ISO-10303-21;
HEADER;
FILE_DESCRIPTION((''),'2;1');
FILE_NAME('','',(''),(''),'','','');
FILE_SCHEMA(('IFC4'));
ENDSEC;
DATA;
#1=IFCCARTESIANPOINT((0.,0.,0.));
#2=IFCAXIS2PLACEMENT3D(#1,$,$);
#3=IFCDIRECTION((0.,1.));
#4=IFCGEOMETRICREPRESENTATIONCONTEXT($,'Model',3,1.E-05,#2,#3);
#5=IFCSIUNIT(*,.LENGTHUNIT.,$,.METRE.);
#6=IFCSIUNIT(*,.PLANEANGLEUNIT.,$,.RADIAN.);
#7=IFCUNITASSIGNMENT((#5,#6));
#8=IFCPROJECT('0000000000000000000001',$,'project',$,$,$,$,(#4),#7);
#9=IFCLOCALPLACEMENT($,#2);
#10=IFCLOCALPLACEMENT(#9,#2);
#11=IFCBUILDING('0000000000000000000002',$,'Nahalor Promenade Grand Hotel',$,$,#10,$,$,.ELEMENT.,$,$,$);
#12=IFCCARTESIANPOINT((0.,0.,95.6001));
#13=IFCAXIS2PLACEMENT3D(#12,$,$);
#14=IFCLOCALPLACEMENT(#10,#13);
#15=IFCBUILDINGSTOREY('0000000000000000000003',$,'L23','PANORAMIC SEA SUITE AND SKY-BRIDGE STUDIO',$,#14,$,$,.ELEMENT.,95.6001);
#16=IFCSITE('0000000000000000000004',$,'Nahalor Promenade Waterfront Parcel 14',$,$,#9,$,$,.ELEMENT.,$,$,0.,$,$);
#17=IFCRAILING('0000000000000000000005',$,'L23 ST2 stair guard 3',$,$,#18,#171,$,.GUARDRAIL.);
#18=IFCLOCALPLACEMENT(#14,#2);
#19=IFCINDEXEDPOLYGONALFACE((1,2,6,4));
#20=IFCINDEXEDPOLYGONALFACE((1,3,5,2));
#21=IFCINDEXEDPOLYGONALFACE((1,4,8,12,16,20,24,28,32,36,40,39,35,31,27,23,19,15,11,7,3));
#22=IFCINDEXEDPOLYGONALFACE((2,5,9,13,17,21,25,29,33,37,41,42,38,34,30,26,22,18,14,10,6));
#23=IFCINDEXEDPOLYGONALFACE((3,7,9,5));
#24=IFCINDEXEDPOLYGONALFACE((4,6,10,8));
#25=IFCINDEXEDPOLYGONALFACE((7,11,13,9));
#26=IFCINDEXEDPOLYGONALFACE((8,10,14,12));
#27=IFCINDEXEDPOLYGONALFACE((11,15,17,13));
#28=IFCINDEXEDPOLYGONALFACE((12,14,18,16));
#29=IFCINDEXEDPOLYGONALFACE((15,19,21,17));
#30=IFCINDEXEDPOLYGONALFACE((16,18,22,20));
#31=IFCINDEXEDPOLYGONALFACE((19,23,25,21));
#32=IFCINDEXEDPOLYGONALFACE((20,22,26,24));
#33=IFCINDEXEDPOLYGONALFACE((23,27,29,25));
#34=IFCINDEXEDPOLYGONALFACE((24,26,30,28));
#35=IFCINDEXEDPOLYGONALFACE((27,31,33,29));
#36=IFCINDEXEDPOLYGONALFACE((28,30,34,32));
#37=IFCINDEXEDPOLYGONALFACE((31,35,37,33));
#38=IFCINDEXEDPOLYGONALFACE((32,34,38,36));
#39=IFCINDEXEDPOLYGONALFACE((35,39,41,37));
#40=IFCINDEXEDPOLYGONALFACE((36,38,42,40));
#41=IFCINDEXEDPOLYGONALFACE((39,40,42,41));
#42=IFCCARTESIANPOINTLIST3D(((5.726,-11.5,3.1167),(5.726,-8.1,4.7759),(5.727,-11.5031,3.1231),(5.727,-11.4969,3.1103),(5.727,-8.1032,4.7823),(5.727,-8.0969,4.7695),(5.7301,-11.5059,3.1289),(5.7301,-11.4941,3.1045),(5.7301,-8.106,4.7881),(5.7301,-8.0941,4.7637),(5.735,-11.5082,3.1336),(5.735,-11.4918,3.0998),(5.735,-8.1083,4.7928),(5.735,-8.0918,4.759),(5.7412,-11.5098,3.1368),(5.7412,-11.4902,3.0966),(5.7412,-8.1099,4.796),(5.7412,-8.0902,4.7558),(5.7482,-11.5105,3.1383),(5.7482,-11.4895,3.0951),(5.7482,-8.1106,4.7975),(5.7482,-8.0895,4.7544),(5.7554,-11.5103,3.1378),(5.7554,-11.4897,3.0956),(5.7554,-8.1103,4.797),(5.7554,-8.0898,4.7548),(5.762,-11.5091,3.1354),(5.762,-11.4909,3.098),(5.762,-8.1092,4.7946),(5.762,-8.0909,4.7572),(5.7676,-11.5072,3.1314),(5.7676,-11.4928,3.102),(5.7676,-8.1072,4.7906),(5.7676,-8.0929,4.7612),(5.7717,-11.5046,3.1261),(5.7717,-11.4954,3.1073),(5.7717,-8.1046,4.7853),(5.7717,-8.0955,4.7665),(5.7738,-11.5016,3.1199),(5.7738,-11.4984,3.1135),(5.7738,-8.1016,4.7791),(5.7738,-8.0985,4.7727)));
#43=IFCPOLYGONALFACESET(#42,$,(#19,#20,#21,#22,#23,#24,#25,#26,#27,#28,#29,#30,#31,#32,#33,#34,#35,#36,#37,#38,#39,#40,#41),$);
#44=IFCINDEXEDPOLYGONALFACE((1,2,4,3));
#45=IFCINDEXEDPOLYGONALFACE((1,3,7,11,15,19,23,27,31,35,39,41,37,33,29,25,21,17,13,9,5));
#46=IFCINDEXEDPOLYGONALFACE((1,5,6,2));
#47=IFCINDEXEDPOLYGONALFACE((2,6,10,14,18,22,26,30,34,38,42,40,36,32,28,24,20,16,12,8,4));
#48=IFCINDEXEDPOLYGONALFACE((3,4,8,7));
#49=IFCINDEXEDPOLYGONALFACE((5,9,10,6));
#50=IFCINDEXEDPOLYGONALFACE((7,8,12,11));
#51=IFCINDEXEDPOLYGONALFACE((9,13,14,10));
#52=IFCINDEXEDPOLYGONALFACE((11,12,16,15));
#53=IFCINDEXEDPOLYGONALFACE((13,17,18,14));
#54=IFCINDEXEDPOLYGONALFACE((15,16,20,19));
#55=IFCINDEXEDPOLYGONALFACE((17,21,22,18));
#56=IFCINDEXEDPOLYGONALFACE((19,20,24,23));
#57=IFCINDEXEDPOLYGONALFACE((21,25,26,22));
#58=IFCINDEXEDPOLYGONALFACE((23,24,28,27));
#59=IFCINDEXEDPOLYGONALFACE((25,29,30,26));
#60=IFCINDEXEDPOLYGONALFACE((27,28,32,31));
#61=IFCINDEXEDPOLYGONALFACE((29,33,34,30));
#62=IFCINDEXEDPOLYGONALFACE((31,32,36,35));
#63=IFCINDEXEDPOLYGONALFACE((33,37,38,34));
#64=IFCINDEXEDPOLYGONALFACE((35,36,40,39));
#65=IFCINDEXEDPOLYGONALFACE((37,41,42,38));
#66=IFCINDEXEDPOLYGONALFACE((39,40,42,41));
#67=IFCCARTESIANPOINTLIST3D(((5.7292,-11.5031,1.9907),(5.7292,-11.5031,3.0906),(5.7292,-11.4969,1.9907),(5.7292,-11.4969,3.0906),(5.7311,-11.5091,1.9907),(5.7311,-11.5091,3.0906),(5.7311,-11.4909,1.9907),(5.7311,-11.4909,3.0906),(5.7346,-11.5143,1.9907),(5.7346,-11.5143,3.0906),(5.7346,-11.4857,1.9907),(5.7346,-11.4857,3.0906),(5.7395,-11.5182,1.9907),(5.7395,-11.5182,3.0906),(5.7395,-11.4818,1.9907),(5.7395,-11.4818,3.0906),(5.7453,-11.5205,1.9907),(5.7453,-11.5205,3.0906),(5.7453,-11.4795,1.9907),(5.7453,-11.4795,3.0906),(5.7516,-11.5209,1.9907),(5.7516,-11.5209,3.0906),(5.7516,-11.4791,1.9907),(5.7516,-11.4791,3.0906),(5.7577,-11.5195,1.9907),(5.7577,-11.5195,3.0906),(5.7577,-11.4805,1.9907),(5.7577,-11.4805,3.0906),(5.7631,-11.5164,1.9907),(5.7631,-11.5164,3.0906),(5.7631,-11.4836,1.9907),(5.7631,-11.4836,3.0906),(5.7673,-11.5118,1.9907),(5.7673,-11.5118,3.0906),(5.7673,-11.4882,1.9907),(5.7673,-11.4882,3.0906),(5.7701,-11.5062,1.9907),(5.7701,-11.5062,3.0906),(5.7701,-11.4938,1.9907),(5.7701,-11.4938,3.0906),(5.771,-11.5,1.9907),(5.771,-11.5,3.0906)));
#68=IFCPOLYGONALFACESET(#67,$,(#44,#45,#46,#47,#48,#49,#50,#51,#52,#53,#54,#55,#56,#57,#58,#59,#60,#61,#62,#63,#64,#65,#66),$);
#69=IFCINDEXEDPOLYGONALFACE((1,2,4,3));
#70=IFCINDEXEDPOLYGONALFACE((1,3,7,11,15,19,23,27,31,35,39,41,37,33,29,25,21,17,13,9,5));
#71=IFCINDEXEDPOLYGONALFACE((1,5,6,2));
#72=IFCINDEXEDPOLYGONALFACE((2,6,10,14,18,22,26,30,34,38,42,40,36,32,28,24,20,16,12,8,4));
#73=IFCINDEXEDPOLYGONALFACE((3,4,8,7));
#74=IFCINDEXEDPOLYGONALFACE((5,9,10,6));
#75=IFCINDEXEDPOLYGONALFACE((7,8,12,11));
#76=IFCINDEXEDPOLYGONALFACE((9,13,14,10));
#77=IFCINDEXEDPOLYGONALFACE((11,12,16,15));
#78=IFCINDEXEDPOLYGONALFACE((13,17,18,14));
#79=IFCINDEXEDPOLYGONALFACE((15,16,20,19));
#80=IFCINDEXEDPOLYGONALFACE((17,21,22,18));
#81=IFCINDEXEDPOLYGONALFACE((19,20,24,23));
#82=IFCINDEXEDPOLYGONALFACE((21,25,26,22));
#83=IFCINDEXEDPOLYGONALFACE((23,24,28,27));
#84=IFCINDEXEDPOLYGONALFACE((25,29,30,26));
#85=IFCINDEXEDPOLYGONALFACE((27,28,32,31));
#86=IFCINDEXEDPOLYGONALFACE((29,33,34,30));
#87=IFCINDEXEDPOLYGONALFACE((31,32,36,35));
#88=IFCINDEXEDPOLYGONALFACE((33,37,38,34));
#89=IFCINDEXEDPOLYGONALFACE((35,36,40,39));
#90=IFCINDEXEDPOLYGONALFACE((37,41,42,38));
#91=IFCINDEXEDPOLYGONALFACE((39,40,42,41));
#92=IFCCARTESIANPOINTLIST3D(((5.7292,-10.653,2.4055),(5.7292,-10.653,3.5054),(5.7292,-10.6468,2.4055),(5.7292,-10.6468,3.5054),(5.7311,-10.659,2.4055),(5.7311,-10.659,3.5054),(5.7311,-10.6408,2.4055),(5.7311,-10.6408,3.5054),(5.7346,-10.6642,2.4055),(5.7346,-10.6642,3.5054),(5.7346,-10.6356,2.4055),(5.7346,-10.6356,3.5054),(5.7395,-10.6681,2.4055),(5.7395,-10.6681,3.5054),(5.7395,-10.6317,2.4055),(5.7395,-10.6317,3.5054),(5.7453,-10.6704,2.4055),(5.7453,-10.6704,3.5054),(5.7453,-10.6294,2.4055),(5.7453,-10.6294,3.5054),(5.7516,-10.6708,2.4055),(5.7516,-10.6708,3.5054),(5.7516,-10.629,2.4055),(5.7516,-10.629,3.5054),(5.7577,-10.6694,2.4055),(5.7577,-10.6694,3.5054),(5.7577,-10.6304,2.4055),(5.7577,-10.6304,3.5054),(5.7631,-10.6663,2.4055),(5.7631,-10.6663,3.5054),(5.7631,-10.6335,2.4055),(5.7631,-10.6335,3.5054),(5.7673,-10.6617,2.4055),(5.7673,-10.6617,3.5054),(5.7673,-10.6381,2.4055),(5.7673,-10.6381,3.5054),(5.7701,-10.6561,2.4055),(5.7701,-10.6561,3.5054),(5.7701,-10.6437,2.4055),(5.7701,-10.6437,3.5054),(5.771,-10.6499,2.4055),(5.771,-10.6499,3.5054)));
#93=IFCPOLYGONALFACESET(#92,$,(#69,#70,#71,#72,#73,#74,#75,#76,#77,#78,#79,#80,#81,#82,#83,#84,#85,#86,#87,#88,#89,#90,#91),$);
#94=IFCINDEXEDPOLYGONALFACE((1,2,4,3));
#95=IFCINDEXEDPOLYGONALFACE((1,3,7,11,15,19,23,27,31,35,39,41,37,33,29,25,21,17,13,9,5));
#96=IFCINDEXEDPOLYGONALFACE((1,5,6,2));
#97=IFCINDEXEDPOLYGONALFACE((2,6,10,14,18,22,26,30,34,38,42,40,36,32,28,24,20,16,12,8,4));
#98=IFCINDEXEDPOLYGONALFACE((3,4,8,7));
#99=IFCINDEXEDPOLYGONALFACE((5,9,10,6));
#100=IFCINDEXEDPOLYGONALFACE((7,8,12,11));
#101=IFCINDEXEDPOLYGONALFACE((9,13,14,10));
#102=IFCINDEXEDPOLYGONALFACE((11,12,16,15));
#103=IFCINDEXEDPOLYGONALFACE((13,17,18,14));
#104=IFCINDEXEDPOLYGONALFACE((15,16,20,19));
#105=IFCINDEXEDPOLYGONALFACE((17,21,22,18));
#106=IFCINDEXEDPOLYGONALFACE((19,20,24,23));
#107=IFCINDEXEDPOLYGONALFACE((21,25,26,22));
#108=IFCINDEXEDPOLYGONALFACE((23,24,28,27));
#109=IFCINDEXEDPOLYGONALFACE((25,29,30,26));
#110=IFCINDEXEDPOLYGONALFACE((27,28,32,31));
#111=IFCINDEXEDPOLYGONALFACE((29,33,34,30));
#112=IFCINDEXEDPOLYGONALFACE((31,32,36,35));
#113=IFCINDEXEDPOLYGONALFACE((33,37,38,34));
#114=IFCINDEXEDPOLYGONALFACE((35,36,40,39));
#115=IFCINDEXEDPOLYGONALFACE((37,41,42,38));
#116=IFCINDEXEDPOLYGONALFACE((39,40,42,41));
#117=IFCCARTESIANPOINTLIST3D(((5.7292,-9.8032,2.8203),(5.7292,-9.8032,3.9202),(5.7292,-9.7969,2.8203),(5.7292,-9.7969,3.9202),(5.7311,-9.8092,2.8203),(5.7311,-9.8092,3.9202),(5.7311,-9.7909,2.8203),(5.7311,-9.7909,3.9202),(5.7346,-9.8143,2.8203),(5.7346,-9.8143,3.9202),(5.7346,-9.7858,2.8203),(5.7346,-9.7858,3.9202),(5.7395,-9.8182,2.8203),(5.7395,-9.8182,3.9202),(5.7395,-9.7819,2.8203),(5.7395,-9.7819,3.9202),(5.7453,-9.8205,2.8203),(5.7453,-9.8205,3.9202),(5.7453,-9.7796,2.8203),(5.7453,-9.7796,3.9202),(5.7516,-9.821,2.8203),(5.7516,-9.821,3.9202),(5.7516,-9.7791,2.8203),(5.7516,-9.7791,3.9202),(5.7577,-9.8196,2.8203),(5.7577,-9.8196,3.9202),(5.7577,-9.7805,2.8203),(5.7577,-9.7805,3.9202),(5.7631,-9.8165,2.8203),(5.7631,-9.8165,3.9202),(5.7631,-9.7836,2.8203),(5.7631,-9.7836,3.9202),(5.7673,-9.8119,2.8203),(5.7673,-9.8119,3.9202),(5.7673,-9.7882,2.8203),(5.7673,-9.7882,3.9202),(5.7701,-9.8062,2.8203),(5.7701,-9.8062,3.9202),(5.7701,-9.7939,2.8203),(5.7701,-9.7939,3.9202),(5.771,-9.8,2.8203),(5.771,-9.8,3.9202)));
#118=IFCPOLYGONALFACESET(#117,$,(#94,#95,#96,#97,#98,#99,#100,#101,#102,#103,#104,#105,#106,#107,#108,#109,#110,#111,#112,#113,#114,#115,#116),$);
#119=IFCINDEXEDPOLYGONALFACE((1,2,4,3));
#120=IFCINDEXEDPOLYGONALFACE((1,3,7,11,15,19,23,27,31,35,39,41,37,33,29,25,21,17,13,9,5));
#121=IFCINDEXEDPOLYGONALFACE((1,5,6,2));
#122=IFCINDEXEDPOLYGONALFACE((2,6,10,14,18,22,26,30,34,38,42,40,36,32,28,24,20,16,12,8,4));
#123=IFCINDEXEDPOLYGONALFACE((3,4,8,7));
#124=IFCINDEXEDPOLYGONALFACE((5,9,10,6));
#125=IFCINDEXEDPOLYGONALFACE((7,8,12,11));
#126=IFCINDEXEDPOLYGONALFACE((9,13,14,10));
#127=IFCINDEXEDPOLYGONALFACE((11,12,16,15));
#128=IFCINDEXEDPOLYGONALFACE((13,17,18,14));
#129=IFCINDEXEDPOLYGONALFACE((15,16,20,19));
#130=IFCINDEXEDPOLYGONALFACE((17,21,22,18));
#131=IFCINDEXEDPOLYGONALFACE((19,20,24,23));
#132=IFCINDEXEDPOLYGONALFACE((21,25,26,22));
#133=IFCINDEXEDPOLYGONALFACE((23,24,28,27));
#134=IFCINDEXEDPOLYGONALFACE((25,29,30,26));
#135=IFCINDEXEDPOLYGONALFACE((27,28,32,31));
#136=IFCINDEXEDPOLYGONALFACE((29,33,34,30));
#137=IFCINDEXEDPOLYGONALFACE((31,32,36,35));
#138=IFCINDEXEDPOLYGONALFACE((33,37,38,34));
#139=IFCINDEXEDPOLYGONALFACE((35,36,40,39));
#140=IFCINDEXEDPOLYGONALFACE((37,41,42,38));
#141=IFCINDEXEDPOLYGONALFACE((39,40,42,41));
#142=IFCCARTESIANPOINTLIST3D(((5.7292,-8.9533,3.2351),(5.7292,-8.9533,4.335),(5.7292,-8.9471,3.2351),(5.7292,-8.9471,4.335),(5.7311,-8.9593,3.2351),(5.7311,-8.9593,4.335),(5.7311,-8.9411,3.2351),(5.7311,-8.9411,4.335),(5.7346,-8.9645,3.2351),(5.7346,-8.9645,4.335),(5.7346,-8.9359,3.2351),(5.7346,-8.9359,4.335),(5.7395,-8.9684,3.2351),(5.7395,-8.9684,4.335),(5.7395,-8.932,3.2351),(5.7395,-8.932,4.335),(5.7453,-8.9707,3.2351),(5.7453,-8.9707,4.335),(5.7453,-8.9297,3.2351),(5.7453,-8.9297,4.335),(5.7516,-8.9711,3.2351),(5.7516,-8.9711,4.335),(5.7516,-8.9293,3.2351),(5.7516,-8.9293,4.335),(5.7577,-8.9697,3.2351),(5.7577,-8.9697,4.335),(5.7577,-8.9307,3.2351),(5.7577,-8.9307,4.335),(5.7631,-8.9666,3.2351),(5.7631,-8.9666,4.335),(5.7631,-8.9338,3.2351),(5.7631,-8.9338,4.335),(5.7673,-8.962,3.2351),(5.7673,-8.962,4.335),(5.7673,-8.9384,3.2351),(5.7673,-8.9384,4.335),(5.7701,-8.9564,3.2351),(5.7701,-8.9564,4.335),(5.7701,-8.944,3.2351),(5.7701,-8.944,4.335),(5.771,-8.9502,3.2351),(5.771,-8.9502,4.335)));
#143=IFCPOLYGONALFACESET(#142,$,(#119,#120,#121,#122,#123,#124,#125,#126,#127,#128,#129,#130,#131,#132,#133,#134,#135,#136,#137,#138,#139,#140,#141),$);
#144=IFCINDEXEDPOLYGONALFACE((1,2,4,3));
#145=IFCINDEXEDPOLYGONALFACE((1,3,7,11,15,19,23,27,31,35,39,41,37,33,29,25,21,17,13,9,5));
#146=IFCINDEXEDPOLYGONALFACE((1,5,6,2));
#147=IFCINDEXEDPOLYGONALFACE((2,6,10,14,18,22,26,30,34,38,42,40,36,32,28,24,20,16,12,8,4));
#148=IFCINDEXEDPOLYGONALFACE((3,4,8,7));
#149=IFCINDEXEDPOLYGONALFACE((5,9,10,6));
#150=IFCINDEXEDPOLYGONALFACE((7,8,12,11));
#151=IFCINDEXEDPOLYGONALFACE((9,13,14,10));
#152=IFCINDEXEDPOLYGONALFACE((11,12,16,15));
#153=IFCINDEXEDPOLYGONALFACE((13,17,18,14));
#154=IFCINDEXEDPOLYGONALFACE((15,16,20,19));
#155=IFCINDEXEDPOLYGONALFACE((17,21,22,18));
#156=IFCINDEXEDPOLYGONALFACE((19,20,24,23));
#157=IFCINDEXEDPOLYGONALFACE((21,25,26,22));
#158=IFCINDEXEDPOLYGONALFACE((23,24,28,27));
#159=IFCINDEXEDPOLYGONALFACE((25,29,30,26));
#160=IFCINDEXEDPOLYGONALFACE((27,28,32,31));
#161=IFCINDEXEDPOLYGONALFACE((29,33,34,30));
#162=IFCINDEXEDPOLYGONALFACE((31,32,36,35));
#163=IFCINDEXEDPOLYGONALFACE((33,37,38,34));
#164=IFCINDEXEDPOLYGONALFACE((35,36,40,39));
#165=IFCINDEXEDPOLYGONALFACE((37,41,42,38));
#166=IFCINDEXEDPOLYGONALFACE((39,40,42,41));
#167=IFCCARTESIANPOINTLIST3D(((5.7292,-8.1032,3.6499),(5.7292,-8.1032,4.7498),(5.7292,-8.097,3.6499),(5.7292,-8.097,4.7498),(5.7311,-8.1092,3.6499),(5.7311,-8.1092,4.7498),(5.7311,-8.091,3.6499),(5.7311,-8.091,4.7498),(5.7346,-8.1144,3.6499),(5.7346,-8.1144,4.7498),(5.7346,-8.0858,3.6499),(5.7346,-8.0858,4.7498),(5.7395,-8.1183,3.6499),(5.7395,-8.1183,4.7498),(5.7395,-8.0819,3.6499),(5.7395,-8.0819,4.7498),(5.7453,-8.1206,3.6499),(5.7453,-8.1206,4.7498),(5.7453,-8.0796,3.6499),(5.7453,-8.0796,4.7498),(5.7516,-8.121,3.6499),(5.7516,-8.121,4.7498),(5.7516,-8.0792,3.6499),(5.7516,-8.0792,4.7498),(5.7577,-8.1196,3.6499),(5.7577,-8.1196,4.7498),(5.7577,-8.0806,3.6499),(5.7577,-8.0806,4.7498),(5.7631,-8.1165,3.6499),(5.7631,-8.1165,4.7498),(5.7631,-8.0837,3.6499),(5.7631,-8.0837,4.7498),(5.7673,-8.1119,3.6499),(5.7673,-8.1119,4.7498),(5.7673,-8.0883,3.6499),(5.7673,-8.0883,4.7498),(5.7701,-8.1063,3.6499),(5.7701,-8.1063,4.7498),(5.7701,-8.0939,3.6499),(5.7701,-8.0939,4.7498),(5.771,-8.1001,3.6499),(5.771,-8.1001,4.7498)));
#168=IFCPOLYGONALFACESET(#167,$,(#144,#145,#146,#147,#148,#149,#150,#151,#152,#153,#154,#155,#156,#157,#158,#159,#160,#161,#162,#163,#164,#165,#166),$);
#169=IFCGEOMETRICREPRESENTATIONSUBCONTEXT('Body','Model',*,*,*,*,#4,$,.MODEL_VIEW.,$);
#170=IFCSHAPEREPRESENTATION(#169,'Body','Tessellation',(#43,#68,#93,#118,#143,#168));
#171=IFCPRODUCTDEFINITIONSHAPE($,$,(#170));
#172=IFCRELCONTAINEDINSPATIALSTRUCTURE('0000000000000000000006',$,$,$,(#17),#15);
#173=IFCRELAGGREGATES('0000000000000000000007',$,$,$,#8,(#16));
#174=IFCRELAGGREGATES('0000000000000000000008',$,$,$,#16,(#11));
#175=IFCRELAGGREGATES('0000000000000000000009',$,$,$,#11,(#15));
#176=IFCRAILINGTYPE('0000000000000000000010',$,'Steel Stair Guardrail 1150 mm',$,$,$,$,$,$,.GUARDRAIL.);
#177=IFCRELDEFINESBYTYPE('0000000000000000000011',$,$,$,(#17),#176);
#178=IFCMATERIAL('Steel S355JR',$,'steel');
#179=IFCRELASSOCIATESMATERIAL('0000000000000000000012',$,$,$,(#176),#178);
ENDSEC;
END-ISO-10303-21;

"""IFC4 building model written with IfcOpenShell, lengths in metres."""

from ifc_helpers import new_model, si_unit, direction, frame, origin, origin_2d, place, context, subcontext, project, spatial, circle, extrude, material, type_object, element, save


model = new_model("IFC4")

# Units and contexts
model_context = context("Model", 3, precision=1e-05, world=origin(), true_north=direction((0.0, 1.0)))
body_context = subcontext(model_context, "Body", "Model", "MODEL_VIEW")
ifc_project = project(units=[si_unit("LENGTHUNIT", "METRE"), si_unit("PLANEANGLEUNIT", "RADIAN")], contexts=[model_context])

# Site, building, storey
site_placement = place(None, origin())
site = spatial("IfcSite", under=ifc_project, at=site_placement, Name="Nahalor Promenade Waterfront Parcel 14", CompositionType="ELEMENT", RefElevation=0.0)
building_placement = place(site_placement, origin())
building = spatial("IfcBuilding", under=site, at=building_placement, Name="Nahalor Promenade Grand Hotel", CompositionType="ELEMENT")
storey_placement = place(building_placement, frame((0.0, 0.0, 95.6001)))
storey = spatial("IfcBuildingStorey", under=building, at=storey_placement, Name="L23", Description="PANORAMIC SEA SUITE AND SKY-BRIDGE STUDIO", CompositionType="ELEMENT", Elevation=95.6001)

# Shared definitions
ifc_material_1 = material(Name="Steel S355JR", Category="steel")

# Railing
railing_type_1 = type_object("IfcRailingType", Name="Steel Stair Guardrail 1150 mm", PredefinedType="GUARDRAIL", material=ifc_material_1)
railing_1_placement = place(storey_placement, frame((5.75, -11.5, 1.9907)))
element("IfcRailing", 1, at=railing_1_placement, inside=storey, type_object=railing_type_1, Name="L23 ST2 stair guard 3", PredefinedType="GUARDRAIL", context=body_context, shape_type="SweptSolid", body=[
    extrude(circle(Radius=0.024, at=origin_2d()), frame((0.0, 0.0, 1.126), z_axis=(0.0, 0.898696, 0.438571), x_axis=(-1.0, 0.0, 0.0)), (0.0, 0.0, 1.0), 3.7832),
    extrude(circle(Radius=0.021, at=origin_2d()), origin(), (0.0, 0.0, 1.0), 1.0999),
    extrude(circle(Radius=0.021, at=origin_2d()), frame((0.0, 0.8501, 0.4148)), (0.0, 0.0, 1.0), 1.0999),
    extrude(circle(Radius=0.021, at=origin_2d()), frame((0.0, 1.7, 0.8296)), (0.0, 0.0, 1.0), 1.0999),
    extrude(circle(Radius=0.021, at=origin_2d()), frame((0.0, 2.5498, 1.2444)), (0.0, 0.0, 1.0), 1.0999),
    extrude(circle(Radius=0.021, at=origin_2d()), frame((0.0, 3.3999, 1.6592)), (0.0, 0.0, 1.0), 1.0999),
])

save(model, "model.ifc")
